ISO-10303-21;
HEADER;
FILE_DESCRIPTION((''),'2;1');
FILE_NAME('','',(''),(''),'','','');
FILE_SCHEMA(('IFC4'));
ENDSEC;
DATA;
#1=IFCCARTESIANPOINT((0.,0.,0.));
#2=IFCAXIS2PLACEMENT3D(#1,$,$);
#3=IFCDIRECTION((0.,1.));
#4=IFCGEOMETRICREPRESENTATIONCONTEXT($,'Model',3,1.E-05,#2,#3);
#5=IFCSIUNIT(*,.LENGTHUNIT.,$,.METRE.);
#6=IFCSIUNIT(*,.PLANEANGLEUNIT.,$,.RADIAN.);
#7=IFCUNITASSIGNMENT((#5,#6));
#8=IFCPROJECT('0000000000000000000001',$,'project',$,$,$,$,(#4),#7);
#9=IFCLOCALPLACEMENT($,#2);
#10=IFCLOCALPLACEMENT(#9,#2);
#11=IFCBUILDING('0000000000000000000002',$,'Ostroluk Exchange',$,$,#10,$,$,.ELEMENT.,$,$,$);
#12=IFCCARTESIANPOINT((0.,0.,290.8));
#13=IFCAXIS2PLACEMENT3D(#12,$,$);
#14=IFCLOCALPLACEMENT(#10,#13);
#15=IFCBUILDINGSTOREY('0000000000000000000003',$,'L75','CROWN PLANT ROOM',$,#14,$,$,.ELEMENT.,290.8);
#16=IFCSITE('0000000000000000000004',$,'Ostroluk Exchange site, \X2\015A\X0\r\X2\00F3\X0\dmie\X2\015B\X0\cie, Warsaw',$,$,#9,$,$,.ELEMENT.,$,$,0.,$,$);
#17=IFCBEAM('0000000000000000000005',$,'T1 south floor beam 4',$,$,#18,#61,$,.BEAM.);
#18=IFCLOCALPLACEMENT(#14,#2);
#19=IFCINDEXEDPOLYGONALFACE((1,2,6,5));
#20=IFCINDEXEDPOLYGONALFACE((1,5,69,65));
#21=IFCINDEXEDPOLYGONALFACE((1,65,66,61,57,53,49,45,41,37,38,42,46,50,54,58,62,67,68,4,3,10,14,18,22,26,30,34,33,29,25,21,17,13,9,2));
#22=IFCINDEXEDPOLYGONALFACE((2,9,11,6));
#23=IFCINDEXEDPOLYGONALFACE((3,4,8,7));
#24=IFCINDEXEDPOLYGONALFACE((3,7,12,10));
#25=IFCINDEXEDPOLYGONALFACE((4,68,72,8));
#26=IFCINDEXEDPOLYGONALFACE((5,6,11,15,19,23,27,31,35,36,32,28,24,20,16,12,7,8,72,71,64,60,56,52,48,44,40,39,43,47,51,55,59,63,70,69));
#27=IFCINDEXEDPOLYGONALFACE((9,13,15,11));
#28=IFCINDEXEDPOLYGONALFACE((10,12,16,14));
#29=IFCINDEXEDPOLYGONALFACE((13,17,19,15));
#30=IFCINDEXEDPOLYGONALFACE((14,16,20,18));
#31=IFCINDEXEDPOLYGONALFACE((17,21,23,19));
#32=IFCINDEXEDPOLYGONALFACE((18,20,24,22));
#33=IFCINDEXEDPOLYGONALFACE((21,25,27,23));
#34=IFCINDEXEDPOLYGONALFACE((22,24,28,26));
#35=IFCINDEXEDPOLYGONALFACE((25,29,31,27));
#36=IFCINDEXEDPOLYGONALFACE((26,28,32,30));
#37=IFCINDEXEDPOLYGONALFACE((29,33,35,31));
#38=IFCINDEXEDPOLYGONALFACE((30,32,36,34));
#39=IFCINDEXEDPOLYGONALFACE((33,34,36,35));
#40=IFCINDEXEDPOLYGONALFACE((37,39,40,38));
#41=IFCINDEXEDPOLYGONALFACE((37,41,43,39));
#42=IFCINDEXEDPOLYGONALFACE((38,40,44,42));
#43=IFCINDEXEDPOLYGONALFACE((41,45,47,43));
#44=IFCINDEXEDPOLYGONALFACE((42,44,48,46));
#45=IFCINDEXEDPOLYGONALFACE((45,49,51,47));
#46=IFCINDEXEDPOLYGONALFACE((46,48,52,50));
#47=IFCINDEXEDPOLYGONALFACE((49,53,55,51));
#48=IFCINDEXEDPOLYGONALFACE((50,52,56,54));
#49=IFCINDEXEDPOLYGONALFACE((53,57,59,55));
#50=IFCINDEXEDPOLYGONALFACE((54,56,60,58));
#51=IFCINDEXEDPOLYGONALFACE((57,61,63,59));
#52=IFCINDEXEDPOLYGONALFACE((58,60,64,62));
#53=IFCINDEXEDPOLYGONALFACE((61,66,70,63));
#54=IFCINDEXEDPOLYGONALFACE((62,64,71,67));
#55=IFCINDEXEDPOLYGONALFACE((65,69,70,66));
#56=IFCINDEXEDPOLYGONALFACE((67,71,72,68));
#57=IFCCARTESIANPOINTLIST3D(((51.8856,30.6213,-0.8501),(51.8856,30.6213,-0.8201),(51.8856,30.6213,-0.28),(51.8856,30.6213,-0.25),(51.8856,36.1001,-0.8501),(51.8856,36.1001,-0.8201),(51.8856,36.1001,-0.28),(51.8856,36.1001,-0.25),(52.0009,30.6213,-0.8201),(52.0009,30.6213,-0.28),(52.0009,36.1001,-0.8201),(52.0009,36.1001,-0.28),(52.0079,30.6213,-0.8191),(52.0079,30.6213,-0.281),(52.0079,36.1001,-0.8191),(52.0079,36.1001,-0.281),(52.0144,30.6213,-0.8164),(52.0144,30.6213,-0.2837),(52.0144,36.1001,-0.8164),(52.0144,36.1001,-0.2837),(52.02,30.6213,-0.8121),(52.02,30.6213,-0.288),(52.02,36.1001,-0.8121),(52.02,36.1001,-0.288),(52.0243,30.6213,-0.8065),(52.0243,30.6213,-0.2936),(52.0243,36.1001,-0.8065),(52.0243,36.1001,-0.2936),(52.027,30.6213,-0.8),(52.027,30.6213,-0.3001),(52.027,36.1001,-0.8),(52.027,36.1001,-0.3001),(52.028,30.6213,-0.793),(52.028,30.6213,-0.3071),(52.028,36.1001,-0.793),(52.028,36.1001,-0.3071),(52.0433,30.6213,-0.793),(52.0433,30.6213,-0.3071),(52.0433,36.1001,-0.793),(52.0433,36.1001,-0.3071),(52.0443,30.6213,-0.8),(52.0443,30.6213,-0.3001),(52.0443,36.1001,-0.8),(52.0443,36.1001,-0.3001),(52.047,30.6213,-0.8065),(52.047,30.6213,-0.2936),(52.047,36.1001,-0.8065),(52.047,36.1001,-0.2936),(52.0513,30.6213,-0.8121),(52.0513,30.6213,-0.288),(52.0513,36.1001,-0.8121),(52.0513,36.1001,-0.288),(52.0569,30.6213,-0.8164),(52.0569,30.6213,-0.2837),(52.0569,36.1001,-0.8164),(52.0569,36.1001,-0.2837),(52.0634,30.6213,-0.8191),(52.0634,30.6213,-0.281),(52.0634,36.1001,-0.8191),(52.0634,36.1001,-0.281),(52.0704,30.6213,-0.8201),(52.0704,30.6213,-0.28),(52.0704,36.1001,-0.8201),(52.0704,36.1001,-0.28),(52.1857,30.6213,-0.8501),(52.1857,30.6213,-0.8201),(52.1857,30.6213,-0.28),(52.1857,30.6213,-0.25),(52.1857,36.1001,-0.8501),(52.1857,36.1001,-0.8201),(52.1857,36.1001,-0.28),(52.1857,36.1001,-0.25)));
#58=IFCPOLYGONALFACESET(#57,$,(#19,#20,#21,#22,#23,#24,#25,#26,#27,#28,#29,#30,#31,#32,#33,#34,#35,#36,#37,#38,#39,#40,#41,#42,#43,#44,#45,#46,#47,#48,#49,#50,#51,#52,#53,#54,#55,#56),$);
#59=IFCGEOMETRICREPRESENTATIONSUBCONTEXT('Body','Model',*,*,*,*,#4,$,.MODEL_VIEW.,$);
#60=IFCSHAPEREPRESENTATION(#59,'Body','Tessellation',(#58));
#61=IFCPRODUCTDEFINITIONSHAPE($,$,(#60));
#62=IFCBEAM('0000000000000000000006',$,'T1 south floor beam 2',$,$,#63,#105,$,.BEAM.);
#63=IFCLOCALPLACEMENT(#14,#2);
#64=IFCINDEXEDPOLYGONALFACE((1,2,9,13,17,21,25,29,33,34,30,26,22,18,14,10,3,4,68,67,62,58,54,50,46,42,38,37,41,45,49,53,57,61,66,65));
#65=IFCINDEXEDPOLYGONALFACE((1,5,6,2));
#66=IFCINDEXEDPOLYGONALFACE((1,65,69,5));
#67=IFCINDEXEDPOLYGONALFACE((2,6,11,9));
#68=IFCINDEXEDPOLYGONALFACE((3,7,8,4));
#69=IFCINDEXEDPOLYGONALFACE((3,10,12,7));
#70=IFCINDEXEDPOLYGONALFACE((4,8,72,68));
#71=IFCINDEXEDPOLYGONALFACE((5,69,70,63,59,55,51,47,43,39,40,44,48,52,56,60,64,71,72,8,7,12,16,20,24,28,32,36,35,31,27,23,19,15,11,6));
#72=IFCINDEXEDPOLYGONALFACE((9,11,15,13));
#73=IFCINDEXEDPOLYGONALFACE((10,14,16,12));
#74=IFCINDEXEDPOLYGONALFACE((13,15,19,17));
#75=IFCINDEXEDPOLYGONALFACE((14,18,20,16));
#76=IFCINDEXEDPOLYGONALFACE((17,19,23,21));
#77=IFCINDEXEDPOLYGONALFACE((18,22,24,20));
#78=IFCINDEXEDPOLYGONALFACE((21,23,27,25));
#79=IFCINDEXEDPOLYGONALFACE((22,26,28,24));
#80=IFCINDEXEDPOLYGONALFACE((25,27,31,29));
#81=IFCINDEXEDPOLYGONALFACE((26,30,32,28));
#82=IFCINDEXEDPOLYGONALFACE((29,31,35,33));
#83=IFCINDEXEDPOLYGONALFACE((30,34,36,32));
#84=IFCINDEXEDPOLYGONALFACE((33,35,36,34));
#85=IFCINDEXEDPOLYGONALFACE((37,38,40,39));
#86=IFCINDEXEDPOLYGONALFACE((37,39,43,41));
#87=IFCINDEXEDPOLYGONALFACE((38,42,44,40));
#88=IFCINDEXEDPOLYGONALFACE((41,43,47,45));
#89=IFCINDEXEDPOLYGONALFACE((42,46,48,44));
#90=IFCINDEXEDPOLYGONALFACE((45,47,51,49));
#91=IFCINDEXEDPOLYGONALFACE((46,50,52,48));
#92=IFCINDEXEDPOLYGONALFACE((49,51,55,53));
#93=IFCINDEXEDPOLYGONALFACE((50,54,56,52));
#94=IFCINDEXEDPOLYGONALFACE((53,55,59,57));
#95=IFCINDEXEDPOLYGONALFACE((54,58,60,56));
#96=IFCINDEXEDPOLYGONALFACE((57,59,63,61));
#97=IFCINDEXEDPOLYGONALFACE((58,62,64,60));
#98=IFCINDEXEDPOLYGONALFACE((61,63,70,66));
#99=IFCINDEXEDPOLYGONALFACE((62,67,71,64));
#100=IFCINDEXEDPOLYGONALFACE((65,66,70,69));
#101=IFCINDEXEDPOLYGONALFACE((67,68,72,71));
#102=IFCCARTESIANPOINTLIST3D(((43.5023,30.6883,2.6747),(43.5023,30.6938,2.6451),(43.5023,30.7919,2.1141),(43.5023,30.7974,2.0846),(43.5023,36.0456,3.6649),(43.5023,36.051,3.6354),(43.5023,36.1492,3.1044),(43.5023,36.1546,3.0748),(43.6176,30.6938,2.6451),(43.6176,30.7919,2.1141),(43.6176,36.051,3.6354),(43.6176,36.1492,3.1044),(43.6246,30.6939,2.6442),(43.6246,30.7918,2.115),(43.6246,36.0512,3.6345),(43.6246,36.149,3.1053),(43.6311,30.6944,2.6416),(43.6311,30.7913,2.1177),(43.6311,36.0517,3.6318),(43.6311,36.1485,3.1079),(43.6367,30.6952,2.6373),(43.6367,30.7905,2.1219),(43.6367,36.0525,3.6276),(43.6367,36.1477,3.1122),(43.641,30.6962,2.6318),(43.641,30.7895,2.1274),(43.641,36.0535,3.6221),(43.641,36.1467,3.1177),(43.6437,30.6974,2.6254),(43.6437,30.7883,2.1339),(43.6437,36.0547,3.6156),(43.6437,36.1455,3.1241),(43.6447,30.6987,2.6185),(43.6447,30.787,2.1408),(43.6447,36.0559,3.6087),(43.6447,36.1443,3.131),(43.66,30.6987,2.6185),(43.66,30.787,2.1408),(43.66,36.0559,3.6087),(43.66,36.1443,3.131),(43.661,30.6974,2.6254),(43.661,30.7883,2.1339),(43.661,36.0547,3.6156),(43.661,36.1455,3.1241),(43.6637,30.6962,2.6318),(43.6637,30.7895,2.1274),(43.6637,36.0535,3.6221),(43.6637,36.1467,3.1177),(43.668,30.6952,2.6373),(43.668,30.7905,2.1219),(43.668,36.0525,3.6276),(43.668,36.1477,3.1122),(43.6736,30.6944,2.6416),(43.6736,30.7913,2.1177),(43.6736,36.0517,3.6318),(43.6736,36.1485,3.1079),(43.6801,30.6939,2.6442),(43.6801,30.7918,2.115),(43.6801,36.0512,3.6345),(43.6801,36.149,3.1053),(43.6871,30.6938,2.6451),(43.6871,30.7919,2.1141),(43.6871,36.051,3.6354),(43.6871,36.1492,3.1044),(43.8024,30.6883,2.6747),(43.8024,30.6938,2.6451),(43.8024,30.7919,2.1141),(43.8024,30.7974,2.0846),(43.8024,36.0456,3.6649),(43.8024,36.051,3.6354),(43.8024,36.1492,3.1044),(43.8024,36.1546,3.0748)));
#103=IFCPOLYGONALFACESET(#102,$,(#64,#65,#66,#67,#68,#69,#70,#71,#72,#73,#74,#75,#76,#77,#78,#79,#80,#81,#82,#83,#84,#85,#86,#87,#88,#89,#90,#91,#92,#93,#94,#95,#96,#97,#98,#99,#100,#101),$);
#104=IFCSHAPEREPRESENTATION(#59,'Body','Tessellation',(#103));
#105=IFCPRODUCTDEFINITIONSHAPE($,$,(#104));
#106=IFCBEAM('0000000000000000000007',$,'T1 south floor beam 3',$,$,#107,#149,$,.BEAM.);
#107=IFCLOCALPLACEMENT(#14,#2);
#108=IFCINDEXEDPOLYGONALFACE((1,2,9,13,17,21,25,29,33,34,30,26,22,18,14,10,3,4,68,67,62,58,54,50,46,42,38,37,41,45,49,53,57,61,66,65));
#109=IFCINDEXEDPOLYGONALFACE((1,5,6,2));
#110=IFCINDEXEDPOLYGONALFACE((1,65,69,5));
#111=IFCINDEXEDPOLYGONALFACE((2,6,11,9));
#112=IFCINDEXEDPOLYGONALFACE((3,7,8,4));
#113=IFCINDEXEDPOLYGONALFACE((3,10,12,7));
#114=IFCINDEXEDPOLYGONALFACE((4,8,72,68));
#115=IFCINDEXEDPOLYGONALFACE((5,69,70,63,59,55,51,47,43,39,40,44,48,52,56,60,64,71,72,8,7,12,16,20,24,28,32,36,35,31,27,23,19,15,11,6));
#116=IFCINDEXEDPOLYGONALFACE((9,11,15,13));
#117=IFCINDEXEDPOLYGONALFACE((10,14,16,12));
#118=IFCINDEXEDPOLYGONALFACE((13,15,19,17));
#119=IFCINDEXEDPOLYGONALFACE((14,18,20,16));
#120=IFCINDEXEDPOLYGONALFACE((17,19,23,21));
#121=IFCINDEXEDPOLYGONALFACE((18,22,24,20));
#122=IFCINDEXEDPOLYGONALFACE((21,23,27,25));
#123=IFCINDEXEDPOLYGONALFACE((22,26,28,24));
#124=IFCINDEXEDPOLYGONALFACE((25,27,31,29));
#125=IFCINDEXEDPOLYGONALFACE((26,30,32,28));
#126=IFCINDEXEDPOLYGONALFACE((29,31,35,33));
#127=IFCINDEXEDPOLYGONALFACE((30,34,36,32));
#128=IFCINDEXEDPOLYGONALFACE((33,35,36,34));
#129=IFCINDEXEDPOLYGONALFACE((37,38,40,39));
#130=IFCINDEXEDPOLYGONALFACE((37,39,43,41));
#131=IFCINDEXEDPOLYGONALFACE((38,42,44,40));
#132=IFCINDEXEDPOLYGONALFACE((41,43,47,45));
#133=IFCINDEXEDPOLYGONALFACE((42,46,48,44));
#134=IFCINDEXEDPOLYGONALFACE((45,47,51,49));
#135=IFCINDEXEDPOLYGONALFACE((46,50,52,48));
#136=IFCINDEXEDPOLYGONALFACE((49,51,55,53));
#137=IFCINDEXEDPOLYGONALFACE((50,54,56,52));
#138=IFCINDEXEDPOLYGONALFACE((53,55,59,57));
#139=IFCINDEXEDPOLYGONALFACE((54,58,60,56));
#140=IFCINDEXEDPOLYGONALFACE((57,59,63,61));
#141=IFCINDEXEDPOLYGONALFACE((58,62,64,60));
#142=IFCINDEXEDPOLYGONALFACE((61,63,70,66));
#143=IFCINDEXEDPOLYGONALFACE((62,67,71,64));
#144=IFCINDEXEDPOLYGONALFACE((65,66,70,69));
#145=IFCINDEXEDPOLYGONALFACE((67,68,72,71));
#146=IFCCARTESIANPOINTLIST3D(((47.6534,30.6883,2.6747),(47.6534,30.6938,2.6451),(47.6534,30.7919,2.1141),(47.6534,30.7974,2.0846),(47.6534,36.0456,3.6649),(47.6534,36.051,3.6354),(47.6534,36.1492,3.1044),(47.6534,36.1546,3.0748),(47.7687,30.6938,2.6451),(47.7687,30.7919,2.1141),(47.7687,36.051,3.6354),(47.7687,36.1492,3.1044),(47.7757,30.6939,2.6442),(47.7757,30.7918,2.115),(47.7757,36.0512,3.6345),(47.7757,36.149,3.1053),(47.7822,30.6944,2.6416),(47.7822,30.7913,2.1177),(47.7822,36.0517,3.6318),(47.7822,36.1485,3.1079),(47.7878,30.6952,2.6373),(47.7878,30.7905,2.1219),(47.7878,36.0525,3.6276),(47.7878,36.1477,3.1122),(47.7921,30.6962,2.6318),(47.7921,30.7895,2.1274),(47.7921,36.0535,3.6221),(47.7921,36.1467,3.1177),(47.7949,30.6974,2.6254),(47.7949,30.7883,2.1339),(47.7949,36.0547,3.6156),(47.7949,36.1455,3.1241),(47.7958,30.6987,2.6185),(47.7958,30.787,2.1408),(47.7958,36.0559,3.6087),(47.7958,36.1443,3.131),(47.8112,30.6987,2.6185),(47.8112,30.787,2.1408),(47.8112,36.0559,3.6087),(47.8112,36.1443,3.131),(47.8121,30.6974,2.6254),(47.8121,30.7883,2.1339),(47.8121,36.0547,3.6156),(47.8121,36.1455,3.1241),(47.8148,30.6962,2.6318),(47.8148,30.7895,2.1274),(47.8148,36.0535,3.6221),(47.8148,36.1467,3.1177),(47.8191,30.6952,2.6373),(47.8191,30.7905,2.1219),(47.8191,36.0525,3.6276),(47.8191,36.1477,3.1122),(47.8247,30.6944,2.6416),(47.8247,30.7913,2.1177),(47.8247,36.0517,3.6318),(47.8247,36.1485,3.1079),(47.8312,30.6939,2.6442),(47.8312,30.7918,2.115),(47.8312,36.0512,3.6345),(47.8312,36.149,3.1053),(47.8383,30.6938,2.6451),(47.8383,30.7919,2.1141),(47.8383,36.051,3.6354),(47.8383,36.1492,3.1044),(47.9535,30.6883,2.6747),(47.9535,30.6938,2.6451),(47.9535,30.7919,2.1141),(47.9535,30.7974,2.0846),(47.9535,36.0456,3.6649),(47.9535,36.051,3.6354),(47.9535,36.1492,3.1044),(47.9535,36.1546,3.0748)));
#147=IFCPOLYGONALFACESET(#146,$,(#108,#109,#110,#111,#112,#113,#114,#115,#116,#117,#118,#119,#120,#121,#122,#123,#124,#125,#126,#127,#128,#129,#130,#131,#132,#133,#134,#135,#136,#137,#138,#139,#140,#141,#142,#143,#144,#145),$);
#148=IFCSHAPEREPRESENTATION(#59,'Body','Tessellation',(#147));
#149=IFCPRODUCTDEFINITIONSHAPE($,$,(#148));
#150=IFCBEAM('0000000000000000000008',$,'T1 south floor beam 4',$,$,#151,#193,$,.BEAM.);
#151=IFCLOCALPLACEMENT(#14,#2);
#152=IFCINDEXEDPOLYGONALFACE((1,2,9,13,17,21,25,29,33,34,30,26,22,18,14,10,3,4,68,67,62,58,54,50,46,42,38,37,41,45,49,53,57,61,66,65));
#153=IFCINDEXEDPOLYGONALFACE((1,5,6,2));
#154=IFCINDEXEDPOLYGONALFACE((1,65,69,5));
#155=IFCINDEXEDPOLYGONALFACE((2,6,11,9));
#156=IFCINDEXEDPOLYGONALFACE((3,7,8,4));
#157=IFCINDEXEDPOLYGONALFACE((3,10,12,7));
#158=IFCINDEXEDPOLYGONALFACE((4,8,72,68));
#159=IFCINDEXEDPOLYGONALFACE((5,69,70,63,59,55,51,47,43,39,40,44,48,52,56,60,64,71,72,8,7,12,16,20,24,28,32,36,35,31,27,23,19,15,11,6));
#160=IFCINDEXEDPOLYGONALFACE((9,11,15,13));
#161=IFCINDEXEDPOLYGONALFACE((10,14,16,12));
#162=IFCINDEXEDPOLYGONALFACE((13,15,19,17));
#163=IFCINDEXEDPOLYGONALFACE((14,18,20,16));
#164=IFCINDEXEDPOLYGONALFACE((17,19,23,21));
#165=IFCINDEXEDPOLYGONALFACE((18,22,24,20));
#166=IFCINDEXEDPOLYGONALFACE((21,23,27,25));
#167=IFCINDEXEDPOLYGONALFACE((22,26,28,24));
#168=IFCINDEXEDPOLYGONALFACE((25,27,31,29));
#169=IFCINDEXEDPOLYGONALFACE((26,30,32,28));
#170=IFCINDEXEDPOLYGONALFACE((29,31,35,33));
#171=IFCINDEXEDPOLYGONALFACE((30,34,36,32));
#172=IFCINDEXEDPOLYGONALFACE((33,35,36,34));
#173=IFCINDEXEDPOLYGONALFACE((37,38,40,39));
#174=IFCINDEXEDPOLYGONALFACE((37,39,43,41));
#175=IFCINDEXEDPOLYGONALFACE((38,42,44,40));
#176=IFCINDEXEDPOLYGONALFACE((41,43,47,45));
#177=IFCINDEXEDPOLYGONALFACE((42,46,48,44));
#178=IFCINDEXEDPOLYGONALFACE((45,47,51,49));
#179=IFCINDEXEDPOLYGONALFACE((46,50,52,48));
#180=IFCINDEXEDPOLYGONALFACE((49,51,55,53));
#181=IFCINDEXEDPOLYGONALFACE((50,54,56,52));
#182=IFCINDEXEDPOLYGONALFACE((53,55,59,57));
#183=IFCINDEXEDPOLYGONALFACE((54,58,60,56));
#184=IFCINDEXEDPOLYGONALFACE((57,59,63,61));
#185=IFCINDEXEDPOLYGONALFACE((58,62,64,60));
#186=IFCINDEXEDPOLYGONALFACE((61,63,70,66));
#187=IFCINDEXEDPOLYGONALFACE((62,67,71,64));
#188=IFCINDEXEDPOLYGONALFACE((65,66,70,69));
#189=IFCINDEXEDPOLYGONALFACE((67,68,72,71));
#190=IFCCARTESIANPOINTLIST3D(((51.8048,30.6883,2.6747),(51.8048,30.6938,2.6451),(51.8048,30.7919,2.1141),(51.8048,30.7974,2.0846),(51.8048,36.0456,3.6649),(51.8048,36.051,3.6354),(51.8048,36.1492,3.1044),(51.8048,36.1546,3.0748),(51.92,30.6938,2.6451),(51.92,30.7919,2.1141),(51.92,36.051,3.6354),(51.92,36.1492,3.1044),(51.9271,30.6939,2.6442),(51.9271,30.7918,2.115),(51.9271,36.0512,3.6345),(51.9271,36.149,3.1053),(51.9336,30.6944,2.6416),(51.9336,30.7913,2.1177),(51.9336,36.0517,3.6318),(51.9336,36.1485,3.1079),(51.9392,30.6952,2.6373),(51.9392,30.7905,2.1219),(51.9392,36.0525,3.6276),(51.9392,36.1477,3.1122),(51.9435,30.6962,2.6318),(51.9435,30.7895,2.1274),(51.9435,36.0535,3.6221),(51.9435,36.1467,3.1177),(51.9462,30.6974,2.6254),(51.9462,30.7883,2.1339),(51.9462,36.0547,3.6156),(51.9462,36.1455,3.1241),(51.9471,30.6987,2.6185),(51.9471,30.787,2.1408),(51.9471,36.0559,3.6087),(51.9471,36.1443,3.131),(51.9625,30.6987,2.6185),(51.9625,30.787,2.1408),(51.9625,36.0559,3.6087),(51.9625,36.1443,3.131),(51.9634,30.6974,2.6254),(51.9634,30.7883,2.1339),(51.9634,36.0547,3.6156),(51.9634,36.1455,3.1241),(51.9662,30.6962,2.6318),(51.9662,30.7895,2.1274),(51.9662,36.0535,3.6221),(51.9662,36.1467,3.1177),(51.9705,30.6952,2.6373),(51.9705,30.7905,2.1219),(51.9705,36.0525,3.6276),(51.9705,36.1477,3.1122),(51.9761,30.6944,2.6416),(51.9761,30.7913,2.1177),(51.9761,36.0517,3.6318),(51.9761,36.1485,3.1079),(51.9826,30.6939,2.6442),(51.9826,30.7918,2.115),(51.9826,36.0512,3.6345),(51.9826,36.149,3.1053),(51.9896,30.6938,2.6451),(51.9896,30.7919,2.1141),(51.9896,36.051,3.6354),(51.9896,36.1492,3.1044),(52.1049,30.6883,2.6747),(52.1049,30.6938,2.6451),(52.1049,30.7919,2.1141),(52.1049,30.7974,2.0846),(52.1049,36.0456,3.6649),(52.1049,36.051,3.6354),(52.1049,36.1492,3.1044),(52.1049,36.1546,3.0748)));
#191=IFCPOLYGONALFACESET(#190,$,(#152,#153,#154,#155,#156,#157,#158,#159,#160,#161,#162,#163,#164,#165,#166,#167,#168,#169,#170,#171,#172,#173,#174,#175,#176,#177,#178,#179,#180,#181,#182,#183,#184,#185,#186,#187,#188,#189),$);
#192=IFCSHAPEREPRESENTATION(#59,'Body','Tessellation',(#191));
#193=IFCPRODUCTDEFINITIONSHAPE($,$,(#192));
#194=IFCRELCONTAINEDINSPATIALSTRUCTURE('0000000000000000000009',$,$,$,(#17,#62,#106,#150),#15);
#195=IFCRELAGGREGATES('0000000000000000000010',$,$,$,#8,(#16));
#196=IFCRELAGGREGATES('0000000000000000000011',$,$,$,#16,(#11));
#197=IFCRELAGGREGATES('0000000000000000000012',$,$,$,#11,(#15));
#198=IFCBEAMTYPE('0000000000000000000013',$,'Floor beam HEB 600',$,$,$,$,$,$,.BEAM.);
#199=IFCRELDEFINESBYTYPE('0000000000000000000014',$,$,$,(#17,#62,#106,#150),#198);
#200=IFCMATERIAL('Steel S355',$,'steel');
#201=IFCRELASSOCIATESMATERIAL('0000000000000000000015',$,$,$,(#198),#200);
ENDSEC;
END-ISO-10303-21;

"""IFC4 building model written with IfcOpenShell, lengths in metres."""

from ifc_helpers import new_model, si_unit, direction, frame, origin, origin_2d, place, context, subcontext, project, spatial, i_section, extrude, material, material_profile, profile_set, type_object, element, save


model = new_model("IFC4")

# Units and contexts
model_context = context("Model", 3, precision=1e-05, world=origin(), true_north=direction((0.0, 1.0)))
body_context = subcontext(model_context, "Body", "Model", "MODEL_VIEW")
ifc_project = project(units=[si_unit("LENGTHUNIT", "METRE"), si_unit("PLANEANGLEUNIT", "RADIAN")], contexts=[model_context])

# Site, building, storey
site_placement = place(None, origin())
site = spatial("IfcSite", under=ifc_project, at=site_placement, Name="Ostroluk Exchange site, Śródmieście, Warsaw", CompositionType="ELEMENT", RefElevation=0.0)
building_placement = place(site_placement, origin())
building = spatial("IfcBuilding", under=site, at=building_placement, Name="Ostroluk Exchange", CompositionType="ELEMENT")
storey_placement = place(building_placement, frame((0.0, 0.0, 290.8)))
storey = spatial("IfcBuildingStorey", under=building, at=storey_placement, Name="L75", Description="CROWN PLANT ROOM", CompositionType="ELEMENT", Elevation=290.8)

# Beams
ifc_material_1 = material(Name="Steel S355", Category="steel")
ifc_material_profile_1 = material_profile(ifc_material_1, i_section(OverallWidth=0.3, OverallDepth=0.6001, WebThickness=0.0154, FlangeThickness=0.03, FilletRadius=0.0271, at=origin_2d()), Name="HEB 600")
ifc_profile_set_1 = profile_set([ifc_material_profile_1], Name="Steel S355")
beam_type_1 = type_object("IfcBeamType", Name="Floor beam HEB 600", PredefinedType="BEAM", material=ifc_profile_set_1)
for number, where, z_axis, x_axis, name in (
    (1, (52.0356, 36.1001, -0.55), (0.0, -1.0, 0.0), (1.0, 0.0, 0.0), "T1 south floor beam 4"),
):
    element("IfcBeam", number, at=place(storey_placement, frame(where, z_axis=z_axis, x_axis=x_axis)), inside=storey, type_object=beam_type_1, Name=name, PredefinedType="BEAM", context=body_context, shape_type="SweptSolid", body=[
        extrude(i_section(OverallWidth=0.3, OverallDepth=0.6001, WebThickness=0.0154, FlangeThickness=0.03, FilletRadius=0.0271, at=origin_2d()), origin(), (0.0, 0.0, 1.0), 5.4788),
    ])
for number, where, z_axis, x_axis, name in (
    (2, (43.6523, 36.1001, 3.3699), (0.0, -0.983342, -0.181763), (1.0, 0.0, 0.0), "T1 south floor beam 2"),
    (3, (47.8035, 36.1001, 3.3699), (0.0, -0.983342, -0.181763), (1.0, 0.0, 0.0), "T1 south floor beam 3"),
    (4, (51.9548, 36.1001, 3.3699), (0.0, -0.983342, -0.181763), (1.0, 0.0, 0.0), "T1 south floor beam 4"),
):
    element("IfcBeam", number, at=place(storey_placement, frame(where, z_axis=z_axis, x_axis=x_axis)), inside=storey, type_object=beam_type_1, Name=name, PredefinedType="BEAM", context=body_context, shape_type="SweptSolid", body=[
        extrude(i_section(OverallWidth=0.3, OverallDepth=0.6001, WebThickness=0.0154, FlangeThickness=0.03, FilletRadius=0.0271, at=origin_2d()), origin(), (0.0, 0.0, 1.0), 5.448),
    ])

save(model, "model.ifc")
